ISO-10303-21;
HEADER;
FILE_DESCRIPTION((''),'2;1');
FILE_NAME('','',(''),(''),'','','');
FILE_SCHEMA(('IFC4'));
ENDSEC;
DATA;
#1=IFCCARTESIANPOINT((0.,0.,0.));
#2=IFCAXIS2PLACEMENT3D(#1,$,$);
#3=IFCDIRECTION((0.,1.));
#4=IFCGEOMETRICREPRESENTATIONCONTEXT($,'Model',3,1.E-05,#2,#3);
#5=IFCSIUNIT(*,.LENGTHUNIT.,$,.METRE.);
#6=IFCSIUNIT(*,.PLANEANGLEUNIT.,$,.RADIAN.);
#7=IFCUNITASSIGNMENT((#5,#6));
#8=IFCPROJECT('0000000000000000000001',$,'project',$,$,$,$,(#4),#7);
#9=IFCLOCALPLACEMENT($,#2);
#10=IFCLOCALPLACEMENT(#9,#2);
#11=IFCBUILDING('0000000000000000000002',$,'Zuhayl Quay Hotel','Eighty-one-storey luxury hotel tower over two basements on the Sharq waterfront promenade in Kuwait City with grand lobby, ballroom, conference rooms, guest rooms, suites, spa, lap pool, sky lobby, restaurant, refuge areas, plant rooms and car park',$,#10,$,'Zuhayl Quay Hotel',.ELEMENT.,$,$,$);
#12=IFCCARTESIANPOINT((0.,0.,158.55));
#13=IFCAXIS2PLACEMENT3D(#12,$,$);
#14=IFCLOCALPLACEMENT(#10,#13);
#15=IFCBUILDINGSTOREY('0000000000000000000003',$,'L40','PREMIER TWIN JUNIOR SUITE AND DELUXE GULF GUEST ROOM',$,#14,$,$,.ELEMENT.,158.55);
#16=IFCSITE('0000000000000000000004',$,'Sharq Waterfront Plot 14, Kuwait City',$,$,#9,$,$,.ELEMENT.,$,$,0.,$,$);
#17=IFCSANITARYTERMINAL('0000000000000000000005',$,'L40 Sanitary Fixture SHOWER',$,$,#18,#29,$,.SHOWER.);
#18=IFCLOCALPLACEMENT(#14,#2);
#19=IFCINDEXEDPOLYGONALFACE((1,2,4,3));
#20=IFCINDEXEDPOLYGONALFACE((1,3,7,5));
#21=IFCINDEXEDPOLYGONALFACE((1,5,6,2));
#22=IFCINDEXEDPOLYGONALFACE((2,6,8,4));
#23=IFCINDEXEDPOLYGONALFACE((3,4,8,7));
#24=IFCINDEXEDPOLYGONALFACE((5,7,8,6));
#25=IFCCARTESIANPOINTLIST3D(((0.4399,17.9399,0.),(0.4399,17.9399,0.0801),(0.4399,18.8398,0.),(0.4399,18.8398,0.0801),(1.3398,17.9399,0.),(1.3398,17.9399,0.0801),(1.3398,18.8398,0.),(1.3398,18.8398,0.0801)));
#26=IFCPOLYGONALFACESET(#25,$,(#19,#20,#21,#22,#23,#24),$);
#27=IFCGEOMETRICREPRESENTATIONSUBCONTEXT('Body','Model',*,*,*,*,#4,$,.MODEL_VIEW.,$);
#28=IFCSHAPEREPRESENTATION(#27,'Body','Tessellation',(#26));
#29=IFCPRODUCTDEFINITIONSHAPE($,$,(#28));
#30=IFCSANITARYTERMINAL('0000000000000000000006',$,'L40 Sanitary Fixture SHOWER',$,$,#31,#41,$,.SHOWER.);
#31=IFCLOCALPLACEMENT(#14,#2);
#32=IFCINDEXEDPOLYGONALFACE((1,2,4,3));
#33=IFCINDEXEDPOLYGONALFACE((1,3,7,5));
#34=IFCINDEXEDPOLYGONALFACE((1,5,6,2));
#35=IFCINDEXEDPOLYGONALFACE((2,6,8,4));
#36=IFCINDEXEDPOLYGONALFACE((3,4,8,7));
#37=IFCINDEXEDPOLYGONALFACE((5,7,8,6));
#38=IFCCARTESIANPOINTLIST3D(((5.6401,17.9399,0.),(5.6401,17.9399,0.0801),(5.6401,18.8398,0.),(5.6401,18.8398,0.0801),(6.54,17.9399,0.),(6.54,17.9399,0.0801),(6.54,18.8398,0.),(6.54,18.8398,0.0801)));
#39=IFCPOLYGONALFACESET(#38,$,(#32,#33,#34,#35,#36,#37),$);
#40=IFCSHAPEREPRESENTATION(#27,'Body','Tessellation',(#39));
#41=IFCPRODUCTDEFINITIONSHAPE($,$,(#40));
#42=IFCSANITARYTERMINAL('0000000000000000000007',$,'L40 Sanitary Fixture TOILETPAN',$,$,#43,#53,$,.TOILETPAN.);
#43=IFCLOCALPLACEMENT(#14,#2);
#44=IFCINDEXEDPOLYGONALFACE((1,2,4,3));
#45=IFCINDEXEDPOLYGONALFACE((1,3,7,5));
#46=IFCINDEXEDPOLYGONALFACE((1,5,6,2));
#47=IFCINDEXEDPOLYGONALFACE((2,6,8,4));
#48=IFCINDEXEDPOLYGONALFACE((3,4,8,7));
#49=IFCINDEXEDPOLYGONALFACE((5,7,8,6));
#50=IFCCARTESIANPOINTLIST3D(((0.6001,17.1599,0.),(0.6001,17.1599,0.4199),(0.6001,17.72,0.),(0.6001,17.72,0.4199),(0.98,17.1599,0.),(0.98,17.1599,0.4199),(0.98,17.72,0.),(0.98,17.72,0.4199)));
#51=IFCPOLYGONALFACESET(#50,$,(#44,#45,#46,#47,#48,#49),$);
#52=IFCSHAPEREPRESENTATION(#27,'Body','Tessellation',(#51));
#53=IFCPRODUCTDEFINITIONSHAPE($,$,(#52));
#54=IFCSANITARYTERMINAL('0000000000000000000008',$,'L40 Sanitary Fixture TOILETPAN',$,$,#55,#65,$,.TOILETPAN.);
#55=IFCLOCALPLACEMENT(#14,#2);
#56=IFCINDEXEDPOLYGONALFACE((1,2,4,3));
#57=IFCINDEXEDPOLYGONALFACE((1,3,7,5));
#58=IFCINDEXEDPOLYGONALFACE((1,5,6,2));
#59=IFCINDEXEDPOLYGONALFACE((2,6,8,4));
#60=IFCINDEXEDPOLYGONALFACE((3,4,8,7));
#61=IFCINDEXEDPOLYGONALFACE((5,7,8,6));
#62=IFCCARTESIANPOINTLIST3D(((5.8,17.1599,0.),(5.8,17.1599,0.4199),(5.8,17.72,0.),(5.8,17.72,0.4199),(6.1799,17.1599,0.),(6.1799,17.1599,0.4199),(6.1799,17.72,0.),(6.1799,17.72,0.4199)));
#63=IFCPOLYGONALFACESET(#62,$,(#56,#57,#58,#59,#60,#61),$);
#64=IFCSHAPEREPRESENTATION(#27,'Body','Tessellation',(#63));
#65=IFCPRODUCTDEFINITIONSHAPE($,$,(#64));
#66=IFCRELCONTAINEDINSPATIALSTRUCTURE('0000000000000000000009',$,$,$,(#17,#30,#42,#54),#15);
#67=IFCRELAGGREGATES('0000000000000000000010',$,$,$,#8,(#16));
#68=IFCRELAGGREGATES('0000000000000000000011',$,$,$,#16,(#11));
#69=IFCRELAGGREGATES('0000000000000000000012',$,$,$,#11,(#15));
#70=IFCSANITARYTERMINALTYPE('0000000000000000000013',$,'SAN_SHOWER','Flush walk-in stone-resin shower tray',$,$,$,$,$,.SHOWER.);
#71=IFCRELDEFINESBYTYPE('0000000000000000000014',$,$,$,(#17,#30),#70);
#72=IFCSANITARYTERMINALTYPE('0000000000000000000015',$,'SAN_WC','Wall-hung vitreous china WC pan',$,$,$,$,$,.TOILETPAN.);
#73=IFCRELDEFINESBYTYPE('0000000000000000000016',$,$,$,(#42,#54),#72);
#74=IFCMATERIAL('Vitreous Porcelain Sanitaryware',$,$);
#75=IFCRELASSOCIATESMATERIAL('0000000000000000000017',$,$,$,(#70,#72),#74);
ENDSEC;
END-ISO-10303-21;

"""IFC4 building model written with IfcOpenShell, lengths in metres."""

from ifc_helpers import new_model, si_unit, direction, frame, origin, origin_2d, place, context, subcontext, project, spatial, rectangle, extrude, material, type_object, element, save


model = new_model("IFC4")

# Units and contexts
model_context = context("Model", 3, precision=1e-05, world=origin(), true_north=direction((0.0, 1.0)))
body_context = subcontext(model_context, "Body", "Model", "MODEL_VIEW")
ifc_project = project(units=[si_unit("LENGTHUNIT", "METRE"), si_unit("PLANEANGLEUNIT", "RADIAN")], contexts=[model_context])

# Site, building, storey
site_placement = place(None, origin())
site = spatial("IfcSite", under=ifc_project, at=site_placement, Name="Sharq Waterfront Plot 14, Kuwait City", CompositionType="ELEMENT", RefElevation=0.0)
building_placement = place(site_placement, origin())
building = spatial("IfcBuilding", under=site, at=building_placement, Name="Zuhayl Quay Hotel", Description="Eighty-one-storey luxury hotel tower over two basements on the Sharq waterfront promenade in Kuwait City with grand lobby, ballroom, conference rooms, guest rooms, suites, spa, lap pool, sky lobby, restaurant, refuge areas, plant rooms and car park", LongName="Zuhayl Quay Hotel", CompositionType="ELEMENT")
storey_placement = place(building_placement, frame((0.0, 0.0, 158.55)))
storey = spatial("IfcBuildingStorey", under=building, at=storey_placement, Name="L40", Description="PREMIER TWIN JUNIOR SUITE AND DELUXE GULF GUEST ROOM", CompositionType="ELEMENT", Elevation=158.55)

# Sanitary terminals
ifc_material_1 = material(Name="Vitreous Porcelain Sanitaryware")
sanitary_terminal_type_1 = type_object("IfcSanitaryTerminalType", Name="SAN_SHOWER", Description="Flush walk-in stone-resin shower tray", PredefinedType="SHOWER", material=ifc_material_1)
for number, where, z_axis, x_axis, name in (
    (1, (0.8899, 18.3899, 0.0), (0.0, 0.0, 1.0), (1.0, 0.0, 0.0), "L40 Sanitary Fixture SHOWER"),
    (2, (6.0901, 18.3899, 0.0), (0.0, 0.0, 1.0), (1.0, 0.0, 0.0), "L40 Sanitary Fixture SHOWER"),
):
    element("IfcSanitaryTerminal", number, at=place(storey_placement, frame(where, z_axis=z_axis, x_axis=x_axis)), inside=storey, type_object=sanitary_terminal_type_1, Name=name, PredefinedType="SHOWER", context=body_context, shape_type="SweptSolid", body=[
        extrude(rectangle(XDim=0.8999, YDim=0.8999, at=origin_2d()), origin(), (0.0, 0.0, 1.0), 0.0801),
    ])
sanitary_terminal_type_2 = type_object("IfcSanitaryTerminalType", Name="SAN_WC", Description="Wall-hung vitreous china WC pan", PredefinedType="TOILETPAN", material=ifc_material_1)
for number, where, z_axis, x_axis, name in (
    (3, (0.79, 17.4399, 0.0), (0.0, 0.0, 1.0), (1.0, 0.0, 0.0), "L40 Sanitary Fixture TOILETPAN"),
    (4, (5.99, 17.4399, 0.0), (0.0, 0.0, 1.0), (1.0, 0.0, 0.0), "L40 Sanitary Fixture TOILETPAN"),
):
    element("IfcSanitaryTerminal", number, at=place(storey_placement, frame(where, z_axis=z_axis, x_axis=x_axis)), inside=storey, type_object=sanitary_terminal_type_2, Name=name, PredefinedType="TOILETPAN", context=body_context, shape_type="SweptSolid", body=[
        extrude(rectangle(XDim=0.3799, YDim=0.5601, at=origin_2d()), origin(), (0.0, 0.0, 1.0), 0.4199),
    ])

save(model, "model.ifc")
